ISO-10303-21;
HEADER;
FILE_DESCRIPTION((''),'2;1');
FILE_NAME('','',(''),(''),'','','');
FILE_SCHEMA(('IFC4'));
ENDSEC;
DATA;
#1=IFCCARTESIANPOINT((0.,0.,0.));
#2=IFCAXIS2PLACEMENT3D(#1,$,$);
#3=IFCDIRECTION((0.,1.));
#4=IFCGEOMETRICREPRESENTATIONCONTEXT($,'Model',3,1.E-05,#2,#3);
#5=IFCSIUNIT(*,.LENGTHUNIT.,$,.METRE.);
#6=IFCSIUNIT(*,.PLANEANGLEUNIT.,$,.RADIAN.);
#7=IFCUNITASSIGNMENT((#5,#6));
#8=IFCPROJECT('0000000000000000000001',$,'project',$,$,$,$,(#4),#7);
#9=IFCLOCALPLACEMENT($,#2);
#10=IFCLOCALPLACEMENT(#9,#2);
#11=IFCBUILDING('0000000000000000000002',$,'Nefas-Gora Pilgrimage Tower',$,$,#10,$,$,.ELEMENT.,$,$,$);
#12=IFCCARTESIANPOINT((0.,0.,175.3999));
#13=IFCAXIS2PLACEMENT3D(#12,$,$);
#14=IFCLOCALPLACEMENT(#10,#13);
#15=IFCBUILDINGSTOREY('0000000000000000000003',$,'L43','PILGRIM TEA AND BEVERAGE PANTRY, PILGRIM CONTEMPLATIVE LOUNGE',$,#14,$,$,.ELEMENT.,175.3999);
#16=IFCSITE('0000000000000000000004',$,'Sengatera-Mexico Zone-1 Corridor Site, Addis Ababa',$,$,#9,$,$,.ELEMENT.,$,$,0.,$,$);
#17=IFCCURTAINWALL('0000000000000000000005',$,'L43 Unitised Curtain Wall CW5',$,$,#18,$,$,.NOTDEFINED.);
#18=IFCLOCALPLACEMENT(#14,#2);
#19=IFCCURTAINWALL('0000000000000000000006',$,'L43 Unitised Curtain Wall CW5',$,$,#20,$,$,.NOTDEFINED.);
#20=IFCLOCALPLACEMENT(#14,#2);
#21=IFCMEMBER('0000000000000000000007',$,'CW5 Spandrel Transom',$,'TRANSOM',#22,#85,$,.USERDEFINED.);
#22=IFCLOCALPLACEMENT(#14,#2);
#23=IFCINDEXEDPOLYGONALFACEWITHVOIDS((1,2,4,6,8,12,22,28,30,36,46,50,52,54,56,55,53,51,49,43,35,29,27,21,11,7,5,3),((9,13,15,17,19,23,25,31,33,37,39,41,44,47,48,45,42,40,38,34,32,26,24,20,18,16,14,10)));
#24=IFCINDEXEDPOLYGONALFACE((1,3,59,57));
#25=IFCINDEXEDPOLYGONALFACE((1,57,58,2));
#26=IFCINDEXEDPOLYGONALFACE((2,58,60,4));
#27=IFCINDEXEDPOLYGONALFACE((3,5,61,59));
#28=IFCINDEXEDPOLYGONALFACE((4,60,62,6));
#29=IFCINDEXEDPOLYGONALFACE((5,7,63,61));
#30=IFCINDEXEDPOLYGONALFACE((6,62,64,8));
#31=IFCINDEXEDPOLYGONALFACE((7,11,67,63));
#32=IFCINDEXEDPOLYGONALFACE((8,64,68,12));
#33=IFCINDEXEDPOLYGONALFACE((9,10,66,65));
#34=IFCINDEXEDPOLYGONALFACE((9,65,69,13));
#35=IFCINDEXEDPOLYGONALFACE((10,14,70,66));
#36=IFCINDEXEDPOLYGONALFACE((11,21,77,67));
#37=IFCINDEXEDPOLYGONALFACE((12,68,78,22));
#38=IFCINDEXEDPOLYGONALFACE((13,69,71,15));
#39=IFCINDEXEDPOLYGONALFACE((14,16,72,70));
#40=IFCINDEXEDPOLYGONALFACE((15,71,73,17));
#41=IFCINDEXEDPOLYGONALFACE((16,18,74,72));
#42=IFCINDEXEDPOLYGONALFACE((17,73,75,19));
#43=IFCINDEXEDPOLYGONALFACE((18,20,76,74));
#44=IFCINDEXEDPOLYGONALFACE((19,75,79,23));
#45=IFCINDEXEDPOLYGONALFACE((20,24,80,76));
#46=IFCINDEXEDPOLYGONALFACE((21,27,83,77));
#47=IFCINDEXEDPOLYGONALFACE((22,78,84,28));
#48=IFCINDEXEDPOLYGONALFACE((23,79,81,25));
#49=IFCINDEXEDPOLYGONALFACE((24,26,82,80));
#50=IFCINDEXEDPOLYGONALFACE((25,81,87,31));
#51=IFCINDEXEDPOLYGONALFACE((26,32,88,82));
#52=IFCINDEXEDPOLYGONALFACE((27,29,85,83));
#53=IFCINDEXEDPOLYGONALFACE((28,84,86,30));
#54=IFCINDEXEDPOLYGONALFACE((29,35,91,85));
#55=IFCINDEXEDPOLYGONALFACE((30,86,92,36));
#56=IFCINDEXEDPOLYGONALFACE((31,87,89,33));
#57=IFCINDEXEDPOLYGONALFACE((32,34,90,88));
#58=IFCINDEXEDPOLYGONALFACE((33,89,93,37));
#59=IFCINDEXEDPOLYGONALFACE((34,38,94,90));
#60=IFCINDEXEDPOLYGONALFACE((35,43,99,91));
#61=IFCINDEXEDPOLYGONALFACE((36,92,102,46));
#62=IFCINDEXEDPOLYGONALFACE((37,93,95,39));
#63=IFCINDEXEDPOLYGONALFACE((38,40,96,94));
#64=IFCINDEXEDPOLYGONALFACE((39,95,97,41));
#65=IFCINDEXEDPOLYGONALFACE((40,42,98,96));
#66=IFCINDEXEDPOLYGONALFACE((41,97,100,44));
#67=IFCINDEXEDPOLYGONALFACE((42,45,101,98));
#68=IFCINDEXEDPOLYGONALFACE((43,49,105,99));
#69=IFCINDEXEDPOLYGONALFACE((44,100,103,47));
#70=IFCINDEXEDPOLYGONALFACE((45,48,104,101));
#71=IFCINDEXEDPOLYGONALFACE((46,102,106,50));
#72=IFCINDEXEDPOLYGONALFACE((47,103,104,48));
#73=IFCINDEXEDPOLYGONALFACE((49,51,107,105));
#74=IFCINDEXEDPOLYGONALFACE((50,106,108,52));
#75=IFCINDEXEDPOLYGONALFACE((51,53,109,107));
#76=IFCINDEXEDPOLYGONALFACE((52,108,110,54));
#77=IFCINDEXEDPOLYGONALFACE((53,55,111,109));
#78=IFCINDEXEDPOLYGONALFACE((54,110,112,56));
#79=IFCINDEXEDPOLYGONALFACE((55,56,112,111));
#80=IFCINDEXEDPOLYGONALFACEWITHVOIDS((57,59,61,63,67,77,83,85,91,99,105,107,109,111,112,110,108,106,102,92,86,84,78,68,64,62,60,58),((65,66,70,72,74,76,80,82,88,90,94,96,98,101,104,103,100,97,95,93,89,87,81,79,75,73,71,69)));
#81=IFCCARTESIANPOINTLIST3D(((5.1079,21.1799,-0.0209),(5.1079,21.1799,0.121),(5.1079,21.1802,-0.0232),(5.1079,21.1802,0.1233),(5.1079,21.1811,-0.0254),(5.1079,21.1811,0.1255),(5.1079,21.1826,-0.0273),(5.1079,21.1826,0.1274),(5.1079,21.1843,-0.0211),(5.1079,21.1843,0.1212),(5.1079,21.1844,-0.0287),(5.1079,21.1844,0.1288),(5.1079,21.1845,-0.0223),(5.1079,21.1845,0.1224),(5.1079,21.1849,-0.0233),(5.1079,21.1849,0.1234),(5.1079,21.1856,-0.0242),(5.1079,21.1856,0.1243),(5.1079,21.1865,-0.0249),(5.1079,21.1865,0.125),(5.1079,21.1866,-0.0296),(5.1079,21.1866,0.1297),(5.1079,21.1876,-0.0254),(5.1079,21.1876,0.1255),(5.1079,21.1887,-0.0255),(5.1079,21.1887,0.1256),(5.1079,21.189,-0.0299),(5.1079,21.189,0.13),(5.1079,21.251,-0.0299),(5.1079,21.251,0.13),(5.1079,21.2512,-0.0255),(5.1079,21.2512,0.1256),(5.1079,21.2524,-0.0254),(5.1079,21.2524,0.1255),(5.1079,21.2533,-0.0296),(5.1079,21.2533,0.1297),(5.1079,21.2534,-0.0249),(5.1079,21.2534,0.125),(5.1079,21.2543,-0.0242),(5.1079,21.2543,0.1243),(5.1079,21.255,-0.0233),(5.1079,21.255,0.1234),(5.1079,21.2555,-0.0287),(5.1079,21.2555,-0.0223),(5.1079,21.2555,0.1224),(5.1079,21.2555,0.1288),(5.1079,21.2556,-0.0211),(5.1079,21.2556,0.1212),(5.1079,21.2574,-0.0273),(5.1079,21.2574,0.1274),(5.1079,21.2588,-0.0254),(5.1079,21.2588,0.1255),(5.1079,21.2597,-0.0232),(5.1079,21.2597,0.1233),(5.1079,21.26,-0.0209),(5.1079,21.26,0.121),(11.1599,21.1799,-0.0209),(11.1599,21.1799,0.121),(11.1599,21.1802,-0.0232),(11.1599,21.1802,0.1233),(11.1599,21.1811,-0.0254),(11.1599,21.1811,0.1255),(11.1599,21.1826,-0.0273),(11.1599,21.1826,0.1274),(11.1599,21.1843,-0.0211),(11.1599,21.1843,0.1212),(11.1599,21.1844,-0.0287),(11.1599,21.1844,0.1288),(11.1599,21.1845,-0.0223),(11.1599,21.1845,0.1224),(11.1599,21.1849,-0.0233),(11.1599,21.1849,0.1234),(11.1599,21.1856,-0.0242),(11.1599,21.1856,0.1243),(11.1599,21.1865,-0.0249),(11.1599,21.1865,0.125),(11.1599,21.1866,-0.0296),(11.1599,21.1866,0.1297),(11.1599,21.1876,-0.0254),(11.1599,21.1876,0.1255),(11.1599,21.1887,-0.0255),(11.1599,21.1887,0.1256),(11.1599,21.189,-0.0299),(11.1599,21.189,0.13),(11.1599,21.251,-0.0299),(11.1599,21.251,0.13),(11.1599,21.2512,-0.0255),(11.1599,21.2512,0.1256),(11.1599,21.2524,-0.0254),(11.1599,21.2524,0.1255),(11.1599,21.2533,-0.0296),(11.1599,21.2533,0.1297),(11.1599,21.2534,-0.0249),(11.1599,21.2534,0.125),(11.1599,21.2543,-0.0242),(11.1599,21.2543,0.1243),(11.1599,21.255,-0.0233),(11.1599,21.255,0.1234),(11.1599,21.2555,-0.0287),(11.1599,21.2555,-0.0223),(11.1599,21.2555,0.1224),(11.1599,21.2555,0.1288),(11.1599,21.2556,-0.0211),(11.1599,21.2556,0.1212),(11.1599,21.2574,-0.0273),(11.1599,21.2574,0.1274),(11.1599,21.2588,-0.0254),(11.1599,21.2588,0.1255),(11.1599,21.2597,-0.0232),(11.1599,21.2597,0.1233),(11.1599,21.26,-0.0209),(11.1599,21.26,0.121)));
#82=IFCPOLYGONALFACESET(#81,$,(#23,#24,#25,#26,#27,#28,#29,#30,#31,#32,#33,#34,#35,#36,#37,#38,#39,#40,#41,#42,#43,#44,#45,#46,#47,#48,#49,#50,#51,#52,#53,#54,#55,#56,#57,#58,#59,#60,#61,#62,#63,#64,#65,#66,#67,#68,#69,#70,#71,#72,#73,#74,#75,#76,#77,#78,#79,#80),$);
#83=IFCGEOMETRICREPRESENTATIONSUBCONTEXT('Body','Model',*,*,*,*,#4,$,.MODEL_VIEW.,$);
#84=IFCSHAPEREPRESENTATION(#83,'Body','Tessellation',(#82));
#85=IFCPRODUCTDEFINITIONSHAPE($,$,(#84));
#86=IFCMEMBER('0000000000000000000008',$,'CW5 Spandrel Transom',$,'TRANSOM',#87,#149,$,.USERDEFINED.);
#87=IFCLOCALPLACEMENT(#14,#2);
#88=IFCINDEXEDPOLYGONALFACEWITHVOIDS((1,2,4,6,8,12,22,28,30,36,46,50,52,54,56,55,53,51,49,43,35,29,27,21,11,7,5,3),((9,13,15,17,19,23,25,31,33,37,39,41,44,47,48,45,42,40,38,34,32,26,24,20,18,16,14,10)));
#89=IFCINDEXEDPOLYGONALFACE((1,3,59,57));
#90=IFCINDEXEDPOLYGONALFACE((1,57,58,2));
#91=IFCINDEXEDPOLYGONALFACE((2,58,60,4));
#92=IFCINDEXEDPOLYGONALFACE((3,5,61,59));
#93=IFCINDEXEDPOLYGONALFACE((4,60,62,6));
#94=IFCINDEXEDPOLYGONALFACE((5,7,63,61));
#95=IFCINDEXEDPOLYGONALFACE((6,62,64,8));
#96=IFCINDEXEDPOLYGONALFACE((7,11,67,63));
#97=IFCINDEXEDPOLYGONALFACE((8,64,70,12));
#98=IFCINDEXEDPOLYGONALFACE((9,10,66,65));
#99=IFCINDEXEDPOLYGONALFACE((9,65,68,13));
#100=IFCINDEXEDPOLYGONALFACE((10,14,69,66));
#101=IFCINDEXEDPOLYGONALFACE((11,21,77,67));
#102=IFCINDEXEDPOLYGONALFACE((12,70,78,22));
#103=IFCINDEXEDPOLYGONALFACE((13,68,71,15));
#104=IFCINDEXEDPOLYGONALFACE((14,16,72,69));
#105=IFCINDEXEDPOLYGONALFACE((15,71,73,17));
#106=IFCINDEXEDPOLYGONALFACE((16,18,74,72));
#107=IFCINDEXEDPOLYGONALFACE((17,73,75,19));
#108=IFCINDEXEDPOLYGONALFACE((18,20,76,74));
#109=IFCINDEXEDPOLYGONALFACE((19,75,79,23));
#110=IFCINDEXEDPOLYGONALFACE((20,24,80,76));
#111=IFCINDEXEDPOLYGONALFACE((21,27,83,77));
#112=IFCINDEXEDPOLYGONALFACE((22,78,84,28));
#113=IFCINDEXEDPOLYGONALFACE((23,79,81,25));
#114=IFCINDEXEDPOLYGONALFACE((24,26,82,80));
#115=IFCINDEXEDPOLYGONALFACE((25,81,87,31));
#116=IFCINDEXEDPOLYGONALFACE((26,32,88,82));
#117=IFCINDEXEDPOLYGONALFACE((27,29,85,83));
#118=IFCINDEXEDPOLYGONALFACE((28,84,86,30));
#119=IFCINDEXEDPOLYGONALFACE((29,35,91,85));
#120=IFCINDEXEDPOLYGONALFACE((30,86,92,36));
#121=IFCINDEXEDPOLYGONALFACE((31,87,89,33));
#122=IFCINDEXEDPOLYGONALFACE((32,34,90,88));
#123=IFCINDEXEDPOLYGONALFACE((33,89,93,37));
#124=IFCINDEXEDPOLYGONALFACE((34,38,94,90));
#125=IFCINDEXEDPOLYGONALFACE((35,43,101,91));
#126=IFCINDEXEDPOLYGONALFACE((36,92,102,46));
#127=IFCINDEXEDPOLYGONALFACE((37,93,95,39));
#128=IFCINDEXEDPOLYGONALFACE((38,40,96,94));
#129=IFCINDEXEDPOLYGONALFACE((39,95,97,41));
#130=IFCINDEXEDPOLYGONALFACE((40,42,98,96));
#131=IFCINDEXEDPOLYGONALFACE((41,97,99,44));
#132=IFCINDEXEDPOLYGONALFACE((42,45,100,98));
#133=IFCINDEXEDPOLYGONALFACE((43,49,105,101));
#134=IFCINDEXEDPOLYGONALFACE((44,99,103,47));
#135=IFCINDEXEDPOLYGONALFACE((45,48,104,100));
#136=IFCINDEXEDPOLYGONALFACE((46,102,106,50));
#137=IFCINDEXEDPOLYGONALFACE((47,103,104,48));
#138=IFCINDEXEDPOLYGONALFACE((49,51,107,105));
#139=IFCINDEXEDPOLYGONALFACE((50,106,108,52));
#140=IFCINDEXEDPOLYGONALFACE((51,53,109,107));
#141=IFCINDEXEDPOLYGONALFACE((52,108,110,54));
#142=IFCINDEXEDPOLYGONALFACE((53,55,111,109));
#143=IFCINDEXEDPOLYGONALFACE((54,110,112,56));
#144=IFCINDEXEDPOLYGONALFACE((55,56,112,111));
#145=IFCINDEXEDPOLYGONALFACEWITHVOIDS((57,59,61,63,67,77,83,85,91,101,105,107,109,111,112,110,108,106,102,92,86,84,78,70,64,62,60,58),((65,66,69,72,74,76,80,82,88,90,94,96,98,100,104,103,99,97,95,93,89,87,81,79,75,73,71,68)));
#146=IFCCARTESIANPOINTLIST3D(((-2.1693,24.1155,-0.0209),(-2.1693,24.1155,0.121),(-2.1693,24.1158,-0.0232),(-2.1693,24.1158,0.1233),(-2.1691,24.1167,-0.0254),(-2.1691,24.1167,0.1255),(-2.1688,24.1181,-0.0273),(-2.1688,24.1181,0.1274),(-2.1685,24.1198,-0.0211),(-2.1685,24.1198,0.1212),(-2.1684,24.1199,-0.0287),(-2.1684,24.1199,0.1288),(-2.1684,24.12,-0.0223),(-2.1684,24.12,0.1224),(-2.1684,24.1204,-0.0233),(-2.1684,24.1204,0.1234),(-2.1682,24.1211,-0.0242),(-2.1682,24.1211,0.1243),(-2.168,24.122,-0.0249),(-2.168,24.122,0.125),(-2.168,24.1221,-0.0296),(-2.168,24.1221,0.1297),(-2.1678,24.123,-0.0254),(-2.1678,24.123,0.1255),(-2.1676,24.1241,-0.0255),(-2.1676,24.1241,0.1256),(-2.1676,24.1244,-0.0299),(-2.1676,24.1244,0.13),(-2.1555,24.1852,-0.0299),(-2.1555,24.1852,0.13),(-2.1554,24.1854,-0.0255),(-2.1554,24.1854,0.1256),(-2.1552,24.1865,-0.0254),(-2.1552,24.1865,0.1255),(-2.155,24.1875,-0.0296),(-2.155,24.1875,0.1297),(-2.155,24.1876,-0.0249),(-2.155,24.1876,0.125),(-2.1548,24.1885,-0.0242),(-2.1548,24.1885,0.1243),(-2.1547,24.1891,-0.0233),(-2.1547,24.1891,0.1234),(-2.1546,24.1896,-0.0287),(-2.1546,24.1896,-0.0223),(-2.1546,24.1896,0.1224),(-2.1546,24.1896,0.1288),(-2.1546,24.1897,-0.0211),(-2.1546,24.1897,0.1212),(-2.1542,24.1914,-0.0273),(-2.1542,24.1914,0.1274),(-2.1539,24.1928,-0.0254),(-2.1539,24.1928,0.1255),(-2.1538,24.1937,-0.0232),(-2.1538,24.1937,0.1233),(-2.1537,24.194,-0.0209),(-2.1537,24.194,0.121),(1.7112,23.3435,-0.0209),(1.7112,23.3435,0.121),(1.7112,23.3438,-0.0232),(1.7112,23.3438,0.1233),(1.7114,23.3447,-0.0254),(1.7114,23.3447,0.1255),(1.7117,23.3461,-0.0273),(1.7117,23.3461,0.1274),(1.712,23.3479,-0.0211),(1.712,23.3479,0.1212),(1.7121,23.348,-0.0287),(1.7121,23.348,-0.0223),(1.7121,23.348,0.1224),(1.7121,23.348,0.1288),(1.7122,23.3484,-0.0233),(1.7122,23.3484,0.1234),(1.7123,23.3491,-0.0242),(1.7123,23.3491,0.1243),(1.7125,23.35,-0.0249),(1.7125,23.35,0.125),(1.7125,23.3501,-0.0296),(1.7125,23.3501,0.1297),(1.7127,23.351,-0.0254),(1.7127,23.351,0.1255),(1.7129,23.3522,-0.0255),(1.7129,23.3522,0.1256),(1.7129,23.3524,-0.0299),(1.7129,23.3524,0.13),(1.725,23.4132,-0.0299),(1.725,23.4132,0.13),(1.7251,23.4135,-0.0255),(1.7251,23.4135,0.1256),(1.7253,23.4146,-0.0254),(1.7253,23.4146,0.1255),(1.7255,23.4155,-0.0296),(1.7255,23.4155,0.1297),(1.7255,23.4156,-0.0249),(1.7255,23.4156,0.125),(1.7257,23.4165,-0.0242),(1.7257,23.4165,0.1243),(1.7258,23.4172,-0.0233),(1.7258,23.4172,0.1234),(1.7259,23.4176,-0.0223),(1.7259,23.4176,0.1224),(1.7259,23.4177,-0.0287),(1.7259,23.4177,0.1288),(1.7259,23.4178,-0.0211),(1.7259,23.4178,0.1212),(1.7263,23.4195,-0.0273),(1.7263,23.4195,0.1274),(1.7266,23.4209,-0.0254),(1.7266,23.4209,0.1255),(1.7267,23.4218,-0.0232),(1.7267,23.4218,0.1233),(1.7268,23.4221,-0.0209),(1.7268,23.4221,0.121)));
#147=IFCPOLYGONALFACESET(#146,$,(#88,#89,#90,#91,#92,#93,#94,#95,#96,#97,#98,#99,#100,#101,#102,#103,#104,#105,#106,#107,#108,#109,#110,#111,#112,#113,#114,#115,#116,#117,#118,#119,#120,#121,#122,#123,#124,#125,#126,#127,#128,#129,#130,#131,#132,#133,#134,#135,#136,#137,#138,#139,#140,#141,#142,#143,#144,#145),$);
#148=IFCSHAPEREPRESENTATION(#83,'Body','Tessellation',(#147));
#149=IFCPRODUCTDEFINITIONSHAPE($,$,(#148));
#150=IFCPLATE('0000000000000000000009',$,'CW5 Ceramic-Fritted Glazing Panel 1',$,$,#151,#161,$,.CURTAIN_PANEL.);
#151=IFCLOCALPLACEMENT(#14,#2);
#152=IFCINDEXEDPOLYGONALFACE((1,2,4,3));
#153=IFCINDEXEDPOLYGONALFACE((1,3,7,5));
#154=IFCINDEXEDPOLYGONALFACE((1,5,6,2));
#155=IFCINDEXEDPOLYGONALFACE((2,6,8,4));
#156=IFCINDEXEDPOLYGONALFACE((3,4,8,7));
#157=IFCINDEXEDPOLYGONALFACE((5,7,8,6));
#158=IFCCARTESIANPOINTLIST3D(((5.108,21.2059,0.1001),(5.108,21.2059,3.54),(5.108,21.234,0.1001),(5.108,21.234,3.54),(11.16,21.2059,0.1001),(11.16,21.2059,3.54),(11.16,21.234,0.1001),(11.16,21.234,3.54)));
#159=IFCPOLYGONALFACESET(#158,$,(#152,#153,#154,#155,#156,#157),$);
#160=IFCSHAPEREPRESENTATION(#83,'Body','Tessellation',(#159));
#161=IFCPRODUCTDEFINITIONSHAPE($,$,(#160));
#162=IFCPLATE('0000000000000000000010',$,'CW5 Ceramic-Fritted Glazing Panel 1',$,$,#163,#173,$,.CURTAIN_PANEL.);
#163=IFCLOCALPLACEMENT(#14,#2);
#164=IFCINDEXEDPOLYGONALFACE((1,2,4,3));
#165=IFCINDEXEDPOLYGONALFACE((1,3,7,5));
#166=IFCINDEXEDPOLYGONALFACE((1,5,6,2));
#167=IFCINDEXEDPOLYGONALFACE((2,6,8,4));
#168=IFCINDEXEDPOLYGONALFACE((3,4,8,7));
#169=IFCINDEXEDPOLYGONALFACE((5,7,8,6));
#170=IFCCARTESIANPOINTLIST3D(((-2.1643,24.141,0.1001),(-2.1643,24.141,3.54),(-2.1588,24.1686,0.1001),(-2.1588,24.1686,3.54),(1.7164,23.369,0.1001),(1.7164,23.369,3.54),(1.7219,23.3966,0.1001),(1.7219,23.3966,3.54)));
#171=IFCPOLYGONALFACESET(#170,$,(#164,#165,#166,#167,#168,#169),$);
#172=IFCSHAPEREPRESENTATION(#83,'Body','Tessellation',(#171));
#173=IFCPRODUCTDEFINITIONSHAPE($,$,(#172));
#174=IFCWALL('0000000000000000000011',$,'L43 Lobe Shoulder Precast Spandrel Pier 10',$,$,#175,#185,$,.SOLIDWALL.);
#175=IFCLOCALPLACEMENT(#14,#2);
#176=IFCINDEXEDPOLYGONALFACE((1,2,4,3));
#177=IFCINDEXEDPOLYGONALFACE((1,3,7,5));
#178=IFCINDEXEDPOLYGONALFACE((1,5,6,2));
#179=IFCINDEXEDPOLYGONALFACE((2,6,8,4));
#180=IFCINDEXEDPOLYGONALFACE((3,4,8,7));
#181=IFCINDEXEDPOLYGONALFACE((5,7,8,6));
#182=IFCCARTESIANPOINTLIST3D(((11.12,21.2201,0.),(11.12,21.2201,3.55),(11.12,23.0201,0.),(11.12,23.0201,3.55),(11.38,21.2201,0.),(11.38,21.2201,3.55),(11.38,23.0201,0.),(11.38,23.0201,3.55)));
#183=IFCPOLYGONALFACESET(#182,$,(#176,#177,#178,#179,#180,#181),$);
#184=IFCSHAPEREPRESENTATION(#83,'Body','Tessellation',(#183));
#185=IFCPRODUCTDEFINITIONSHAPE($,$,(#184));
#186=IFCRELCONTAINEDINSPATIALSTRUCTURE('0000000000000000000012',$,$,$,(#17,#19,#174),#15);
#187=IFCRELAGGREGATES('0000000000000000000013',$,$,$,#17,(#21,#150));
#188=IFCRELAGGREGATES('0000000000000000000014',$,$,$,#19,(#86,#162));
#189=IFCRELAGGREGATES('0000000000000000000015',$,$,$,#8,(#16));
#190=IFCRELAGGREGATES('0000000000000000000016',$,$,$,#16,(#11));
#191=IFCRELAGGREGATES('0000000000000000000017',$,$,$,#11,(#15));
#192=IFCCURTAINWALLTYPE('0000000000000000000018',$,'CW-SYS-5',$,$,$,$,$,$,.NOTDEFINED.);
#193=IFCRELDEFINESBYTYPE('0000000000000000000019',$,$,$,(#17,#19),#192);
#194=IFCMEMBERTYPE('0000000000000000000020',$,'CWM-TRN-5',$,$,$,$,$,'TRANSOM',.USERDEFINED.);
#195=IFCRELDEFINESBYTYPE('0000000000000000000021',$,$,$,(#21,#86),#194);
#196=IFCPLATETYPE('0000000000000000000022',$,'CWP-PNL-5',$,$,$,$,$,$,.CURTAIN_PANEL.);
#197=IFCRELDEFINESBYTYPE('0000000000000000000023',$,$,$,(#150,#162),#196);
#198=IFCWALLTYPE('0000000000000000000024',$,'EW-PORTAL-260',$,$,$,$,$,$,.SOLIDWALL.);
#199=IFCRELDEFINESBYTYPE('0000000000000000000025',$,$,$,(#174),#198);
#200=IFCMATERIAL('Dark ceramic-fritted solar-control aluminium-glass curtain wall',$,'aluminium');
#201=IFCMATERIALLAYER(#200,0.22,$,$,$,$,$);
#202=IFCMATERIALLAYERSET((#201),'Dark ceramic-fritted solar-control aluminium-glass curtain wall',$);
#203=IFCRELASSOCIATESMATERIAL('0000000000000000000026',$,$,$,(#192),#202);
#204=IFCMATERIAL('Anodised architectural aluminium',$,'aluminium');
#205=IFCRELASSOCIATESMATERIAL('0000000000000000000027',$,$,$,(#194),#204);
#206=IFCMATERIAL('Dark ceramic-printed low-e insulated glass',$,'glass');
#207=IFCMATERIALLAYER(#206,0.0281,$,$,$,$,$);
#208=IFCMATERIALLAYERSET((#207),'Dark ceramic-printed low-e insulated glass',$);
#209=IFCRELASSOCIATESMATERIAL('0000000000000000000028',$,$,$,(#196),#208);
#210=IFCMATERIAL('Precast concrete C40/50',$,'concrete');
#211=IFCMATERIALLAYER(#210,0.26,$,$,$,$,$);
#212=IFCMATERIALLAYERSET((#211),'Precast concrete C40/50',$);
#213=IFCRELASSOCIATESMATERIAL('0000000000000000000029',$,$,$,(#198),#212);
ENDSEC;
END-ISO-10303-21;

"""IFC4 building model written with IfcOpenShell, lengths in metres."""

from ifc_helpers import new_model, si_unit, direction, frame, frame_2d, origin, origin_2d, place, context, subcontext, project, spatial, rectangle, hollow_rectangle, extrude, source, transform, mapped, material, layer, layer_set, material_profile, profile_set, type_object, element, aggregate, save


model = new_model("IFC4")

# Units and contexts
model_context = context("Model", 3, precision=1e-05, world=origin(), true_north=direction((0.0, 1.0)))
body_context = subcontext(model_context, "Body", "Model", "MODEL_VIEW")
ifc_project = project(units=[si_unit("LENGTHUNIT", "METRE"), si_unit("PLANEANGLEUNIT", "RADIAN")], contexts=[model_context])

# Site, building, storey
site_placement = place(None, origin())
site = spatial("IfcSite", under=ifc_project, at=site_placement, Name="Sengatera-Mexico Zone-1 Corridor Site, Addis Ababa", CompositionType="ELEMENT", RefElevation=0.0)
building_placement = place(site_placement, origin())
building = spatial("IfcBuilding", under=site, at=building_placement, Name="Nefas-Gora Pilgrimage Tower", CompositionType="ELEMENT")
storey_placement = place(building_placement, frame((0.0, 0.0, 175.3999)))
storey = spatial("IfcBuildingStorey", under=building, at=storey_placement, Name="L43", Description="PILGRIM TEA AND BEVERAGE PANTRY, PILGRIM CONTEMPLATIVE LOUNGE", CompositionType="ELEMENT", Elevation=175.3999)

# Curtain wall
ifc_material_1 = material(Name="Dark ceramic-fritted solar-control aluminium-glass curtain wall", Category="aluminium")
ifc_layer_1 = layer(ifc_material_1, 0.22)
ifc_layer_set_1 = layer_set([ifc_layer_1], Name="Dark ceramic-fritted solar-control aluminium-glass curtain wall")
curtain_wall_type = type_object("IfcCurtainWallType", Name="CW-SYS-5", PredefinedType="NOTDEFINED", material=ifc_layer_set_1)
curtain_wall_1_placement = place(storey_placement, origin())
curtain_wall_1 = element("IfcCurtainWall", 1, at=curtain_wall_1_placement, inside=storey, type_object=curtain_wall_type, Name="L43 Unitised Curtain Wall CW5", PredefinedType="NOTDEFINED")
ifc_material_2 = material(Name="Anodised architectural aluminium", Category="aluminium")

# Curtain wall
curtain_wall_2_placement = place(storey_placement, origin())
curtain_wall_2 = element("IfcCurtainWall", 2, at=curtain_wall_2_placement, inside=storey, type_object=curtain_wall_type, Name="L43 Unitised Curtain Wall CW5", PredefinedType="NOTDEFINED")

# Members
ifc_material_profile_1 = material_profile(ifc_material_2, hollow_rectangle(XDim=0.0801, YDim=0.1599, WallThickness=0.0044, InnerFilletRadius=0.0044, OuterFilletRadius=0.009, at=origin_2d()), Name="ALU TRANSOM 80x160")
ifc_profile_set_1 = profile_set([ifc_material_profile_1], Name="Anodised architectural aluminium")
member_type_1 = type_object("IfcMemberType", Name="CWM-TRN-5", ElementType="TRANSOM", PredefinedType="USERDEFINED", material=ifc_profile_set_1)
shared_shape_1 = source(origin(), body_context, "Body", "SweptSolid", [
    extrude(hollow_rectangle(XDim=0.0801, YDim=0.1599, WallThickness=0.0044, InnerFilletRadius=0.0044, OuterFilletRadius=0.009, at=origin_2d()), origin(), (0.0, 0.0, 1.0), 6.052),
])
member_1_placement = place(storey_placement, frame((11.1599, 21.22, 0.05), z_axis=(-1.0, 0.0, 0.0), x_axis=(0.0, -1.0, 0.0)))
member_1 = element("IfcMember", 3, at=member_1_placement, type_object=member_type_1, Name="CW5 Spandrel Transom", ObjectType="TRANSOM", PredefinedType="USERDEFINED", context=body_context, shape_type="MappedRepresentation", body=[
    mapped(shared_shape_1, transform((0.0, 0.0, 0.0), x_axis=(1.0, 0.0, 0.0), y_axis=(0.0, 1.0, 0.0), z_axis=(0.0, 0.0, 1.0), scale=1.0)),
])
shared_shape_2 = source(origin(), body_context, "Body", "SweptSolid", [
    extrude(hollow_rectangle(XDim=0.0801, YDim=0.1599, WallThickness=0.0044, InnerFilletRadius=0.0044, OuterFilletRadius=0.009, at=origin_2d()), origin(), (0.0, 0.0, 1.0), 3.9565),
])
member_2_placement = place(storey_placement, frame((1.719, 23.3828, 0.05), z_axis=(-0.980782, 0.195107, 0.0), x_axis=(-0.195107, -0.980782, 0.0)))
member_2 = element("IfcMember", 4, at=member_2_placement, type_object=member_type_1, Name="CW5 Spandrel Transom", ObjectType="TRANSOM", PredefinedType="USERDEFINED", context=body_context, shape_type="MappedRepresentation", body=[
    mapped(shared_shape_2, transform((0.0, 0.0, 0.0), x_axis=(1.0, 0.0, 0.0), y_axis=(0.0, 1.0, 0.0), z_axis=(0.0, 0.0, 1.0), scale=1.0)),
])

# Plates
ifc_material_3 = material(Name="Dark ceramic-printed low-e insulated glass", Category="glass")
ifc_layer_2 = layer(ifc_material_3, 0.0281)
ifc_layer_set_2 = layer_set([ifc_layer_2], Name="Dark ceramic-printed low-e insulated glass")
plate_type = type_object("IfcPlateType", Name="CWP-PNL-5", PredefinedType="CURTAIN_PANEL", material=ifc_layer_set_2)
shared_shape_3 = source(origin(), body_context, "Body", "SweptSolid", [
    extrude(rectangle(XDim=6.052, YDim=0.0281, at=origin_2d()), origin(), (0.0, 0.0, 1.0), 3.4399),
])
plate_1_placement = place(storey_placement, frame((8.134, 21.22, 0.1001), z_axis=(0.0, 0.0, 1.0), x_axis=(-1.0, 0.0, 0.0)))
plate_1 = element("IfcPlate", 5, at=plate_1_placement, type_object=plate_type, Name="CW5 Ceramic-Fritted Glazing Panel 1", PredefinedType="CURTAIN_PANEL", context=body_context, shape_type="MappedRepresentation", body=[
    mapped(shared_shape_3, transform((0.0, 0.0, 0.0), x_axis=(1.0, 0.0, 0.0), y_axis=(0.0, 1.0, 0.0), z_axis=(0.0, 0.0, 1.0), scale=1.0)),
])
aggregate(curtain_wall_1, [member_1, plate_1])
shared_shape_4 = source(origin(), body_context, "Body", "SweptSolid", [
    extrude(rectangle(XDim=3.9568, YDim=0.0281, at=origin_2d()), origin(), (0.0, 0.0, 1.0), 3.4399),
])
plate_2_placement = place(storey_placement, frame((-0.2212, 23.7688, 0.1001), z_axis=(0.0, 0.0, 1.0), x_axis=(-0.980783, 0.195102, 0.0)))
plate_2 = element("IfcPlate", 6, at=plate_2_placement, type_object=plate_type, Name="CW5 Ceramic-Fritted Glazing Panel 1", PredefinedType="CURTAIN_PANEL", context=body_context, shape_type="MappedRepresentation", body=[
    mapped(shared_shape_4, transform((0.0, 0.0, 0.0), x_axis=(1.0, 0.0, 0.0), y_axis=(0.0, 1.0, 0.0), z_axis=(0.0, 0.0, 1.0), scale=1.0)),
])
aggregate(curtain_wall_2, [member_2, plate_2])

# Wall
ifc_material_4 = material(Name="Precast concrete C40/50", Category="concrete")
ifc_layer_3 = layer(ifc_material_4, 0.26)
ifc_layer_set_3 = layer_set([ifc_layer_3], Name="Precast concrete C40/50")
wall_type_1 = type_object("IfcWallType", Name="EW-PORTAL-260", PredefinedType="SOLIDWALL", material=ifc_layer_set_3)
shared_shape_5 = source(origin(), body_context, "Body", "SweptSolid", [
    extrude(rectangle(XDim=1.8, YDim=0.26, at=frame_2d((0.8999, 0.0))), origin(), (0.0, 0.0, 1.0), 3.55),
])
wall_1_placement = place(storey_placement, frame((11.25, 23.02, 0.0), z_axis=(0.0, 0.0, 1.0), x_axis=(0.0, -1.0, 0.0)))
element("IfcWall", 7, at=wall_1_placement, inside=storey, type_object=wall_type_1, Name="L43 Lobe Shoulder Precast Spandrel Pier 10", PredefinedType="SOLIDWALL", context=body_context, shape_type="MappedRepresentation", body=[
    mapped(shared_shape_5, transform((0.0, 0.0, 0.0), x_axis=(1.0, 0.0, 0.0), y_axis=(0.0, 1.0, 0.0), z_axis=(0.0, 0.0, 1.0), scale=1.0)),
])

save(model, "model.ifc")
